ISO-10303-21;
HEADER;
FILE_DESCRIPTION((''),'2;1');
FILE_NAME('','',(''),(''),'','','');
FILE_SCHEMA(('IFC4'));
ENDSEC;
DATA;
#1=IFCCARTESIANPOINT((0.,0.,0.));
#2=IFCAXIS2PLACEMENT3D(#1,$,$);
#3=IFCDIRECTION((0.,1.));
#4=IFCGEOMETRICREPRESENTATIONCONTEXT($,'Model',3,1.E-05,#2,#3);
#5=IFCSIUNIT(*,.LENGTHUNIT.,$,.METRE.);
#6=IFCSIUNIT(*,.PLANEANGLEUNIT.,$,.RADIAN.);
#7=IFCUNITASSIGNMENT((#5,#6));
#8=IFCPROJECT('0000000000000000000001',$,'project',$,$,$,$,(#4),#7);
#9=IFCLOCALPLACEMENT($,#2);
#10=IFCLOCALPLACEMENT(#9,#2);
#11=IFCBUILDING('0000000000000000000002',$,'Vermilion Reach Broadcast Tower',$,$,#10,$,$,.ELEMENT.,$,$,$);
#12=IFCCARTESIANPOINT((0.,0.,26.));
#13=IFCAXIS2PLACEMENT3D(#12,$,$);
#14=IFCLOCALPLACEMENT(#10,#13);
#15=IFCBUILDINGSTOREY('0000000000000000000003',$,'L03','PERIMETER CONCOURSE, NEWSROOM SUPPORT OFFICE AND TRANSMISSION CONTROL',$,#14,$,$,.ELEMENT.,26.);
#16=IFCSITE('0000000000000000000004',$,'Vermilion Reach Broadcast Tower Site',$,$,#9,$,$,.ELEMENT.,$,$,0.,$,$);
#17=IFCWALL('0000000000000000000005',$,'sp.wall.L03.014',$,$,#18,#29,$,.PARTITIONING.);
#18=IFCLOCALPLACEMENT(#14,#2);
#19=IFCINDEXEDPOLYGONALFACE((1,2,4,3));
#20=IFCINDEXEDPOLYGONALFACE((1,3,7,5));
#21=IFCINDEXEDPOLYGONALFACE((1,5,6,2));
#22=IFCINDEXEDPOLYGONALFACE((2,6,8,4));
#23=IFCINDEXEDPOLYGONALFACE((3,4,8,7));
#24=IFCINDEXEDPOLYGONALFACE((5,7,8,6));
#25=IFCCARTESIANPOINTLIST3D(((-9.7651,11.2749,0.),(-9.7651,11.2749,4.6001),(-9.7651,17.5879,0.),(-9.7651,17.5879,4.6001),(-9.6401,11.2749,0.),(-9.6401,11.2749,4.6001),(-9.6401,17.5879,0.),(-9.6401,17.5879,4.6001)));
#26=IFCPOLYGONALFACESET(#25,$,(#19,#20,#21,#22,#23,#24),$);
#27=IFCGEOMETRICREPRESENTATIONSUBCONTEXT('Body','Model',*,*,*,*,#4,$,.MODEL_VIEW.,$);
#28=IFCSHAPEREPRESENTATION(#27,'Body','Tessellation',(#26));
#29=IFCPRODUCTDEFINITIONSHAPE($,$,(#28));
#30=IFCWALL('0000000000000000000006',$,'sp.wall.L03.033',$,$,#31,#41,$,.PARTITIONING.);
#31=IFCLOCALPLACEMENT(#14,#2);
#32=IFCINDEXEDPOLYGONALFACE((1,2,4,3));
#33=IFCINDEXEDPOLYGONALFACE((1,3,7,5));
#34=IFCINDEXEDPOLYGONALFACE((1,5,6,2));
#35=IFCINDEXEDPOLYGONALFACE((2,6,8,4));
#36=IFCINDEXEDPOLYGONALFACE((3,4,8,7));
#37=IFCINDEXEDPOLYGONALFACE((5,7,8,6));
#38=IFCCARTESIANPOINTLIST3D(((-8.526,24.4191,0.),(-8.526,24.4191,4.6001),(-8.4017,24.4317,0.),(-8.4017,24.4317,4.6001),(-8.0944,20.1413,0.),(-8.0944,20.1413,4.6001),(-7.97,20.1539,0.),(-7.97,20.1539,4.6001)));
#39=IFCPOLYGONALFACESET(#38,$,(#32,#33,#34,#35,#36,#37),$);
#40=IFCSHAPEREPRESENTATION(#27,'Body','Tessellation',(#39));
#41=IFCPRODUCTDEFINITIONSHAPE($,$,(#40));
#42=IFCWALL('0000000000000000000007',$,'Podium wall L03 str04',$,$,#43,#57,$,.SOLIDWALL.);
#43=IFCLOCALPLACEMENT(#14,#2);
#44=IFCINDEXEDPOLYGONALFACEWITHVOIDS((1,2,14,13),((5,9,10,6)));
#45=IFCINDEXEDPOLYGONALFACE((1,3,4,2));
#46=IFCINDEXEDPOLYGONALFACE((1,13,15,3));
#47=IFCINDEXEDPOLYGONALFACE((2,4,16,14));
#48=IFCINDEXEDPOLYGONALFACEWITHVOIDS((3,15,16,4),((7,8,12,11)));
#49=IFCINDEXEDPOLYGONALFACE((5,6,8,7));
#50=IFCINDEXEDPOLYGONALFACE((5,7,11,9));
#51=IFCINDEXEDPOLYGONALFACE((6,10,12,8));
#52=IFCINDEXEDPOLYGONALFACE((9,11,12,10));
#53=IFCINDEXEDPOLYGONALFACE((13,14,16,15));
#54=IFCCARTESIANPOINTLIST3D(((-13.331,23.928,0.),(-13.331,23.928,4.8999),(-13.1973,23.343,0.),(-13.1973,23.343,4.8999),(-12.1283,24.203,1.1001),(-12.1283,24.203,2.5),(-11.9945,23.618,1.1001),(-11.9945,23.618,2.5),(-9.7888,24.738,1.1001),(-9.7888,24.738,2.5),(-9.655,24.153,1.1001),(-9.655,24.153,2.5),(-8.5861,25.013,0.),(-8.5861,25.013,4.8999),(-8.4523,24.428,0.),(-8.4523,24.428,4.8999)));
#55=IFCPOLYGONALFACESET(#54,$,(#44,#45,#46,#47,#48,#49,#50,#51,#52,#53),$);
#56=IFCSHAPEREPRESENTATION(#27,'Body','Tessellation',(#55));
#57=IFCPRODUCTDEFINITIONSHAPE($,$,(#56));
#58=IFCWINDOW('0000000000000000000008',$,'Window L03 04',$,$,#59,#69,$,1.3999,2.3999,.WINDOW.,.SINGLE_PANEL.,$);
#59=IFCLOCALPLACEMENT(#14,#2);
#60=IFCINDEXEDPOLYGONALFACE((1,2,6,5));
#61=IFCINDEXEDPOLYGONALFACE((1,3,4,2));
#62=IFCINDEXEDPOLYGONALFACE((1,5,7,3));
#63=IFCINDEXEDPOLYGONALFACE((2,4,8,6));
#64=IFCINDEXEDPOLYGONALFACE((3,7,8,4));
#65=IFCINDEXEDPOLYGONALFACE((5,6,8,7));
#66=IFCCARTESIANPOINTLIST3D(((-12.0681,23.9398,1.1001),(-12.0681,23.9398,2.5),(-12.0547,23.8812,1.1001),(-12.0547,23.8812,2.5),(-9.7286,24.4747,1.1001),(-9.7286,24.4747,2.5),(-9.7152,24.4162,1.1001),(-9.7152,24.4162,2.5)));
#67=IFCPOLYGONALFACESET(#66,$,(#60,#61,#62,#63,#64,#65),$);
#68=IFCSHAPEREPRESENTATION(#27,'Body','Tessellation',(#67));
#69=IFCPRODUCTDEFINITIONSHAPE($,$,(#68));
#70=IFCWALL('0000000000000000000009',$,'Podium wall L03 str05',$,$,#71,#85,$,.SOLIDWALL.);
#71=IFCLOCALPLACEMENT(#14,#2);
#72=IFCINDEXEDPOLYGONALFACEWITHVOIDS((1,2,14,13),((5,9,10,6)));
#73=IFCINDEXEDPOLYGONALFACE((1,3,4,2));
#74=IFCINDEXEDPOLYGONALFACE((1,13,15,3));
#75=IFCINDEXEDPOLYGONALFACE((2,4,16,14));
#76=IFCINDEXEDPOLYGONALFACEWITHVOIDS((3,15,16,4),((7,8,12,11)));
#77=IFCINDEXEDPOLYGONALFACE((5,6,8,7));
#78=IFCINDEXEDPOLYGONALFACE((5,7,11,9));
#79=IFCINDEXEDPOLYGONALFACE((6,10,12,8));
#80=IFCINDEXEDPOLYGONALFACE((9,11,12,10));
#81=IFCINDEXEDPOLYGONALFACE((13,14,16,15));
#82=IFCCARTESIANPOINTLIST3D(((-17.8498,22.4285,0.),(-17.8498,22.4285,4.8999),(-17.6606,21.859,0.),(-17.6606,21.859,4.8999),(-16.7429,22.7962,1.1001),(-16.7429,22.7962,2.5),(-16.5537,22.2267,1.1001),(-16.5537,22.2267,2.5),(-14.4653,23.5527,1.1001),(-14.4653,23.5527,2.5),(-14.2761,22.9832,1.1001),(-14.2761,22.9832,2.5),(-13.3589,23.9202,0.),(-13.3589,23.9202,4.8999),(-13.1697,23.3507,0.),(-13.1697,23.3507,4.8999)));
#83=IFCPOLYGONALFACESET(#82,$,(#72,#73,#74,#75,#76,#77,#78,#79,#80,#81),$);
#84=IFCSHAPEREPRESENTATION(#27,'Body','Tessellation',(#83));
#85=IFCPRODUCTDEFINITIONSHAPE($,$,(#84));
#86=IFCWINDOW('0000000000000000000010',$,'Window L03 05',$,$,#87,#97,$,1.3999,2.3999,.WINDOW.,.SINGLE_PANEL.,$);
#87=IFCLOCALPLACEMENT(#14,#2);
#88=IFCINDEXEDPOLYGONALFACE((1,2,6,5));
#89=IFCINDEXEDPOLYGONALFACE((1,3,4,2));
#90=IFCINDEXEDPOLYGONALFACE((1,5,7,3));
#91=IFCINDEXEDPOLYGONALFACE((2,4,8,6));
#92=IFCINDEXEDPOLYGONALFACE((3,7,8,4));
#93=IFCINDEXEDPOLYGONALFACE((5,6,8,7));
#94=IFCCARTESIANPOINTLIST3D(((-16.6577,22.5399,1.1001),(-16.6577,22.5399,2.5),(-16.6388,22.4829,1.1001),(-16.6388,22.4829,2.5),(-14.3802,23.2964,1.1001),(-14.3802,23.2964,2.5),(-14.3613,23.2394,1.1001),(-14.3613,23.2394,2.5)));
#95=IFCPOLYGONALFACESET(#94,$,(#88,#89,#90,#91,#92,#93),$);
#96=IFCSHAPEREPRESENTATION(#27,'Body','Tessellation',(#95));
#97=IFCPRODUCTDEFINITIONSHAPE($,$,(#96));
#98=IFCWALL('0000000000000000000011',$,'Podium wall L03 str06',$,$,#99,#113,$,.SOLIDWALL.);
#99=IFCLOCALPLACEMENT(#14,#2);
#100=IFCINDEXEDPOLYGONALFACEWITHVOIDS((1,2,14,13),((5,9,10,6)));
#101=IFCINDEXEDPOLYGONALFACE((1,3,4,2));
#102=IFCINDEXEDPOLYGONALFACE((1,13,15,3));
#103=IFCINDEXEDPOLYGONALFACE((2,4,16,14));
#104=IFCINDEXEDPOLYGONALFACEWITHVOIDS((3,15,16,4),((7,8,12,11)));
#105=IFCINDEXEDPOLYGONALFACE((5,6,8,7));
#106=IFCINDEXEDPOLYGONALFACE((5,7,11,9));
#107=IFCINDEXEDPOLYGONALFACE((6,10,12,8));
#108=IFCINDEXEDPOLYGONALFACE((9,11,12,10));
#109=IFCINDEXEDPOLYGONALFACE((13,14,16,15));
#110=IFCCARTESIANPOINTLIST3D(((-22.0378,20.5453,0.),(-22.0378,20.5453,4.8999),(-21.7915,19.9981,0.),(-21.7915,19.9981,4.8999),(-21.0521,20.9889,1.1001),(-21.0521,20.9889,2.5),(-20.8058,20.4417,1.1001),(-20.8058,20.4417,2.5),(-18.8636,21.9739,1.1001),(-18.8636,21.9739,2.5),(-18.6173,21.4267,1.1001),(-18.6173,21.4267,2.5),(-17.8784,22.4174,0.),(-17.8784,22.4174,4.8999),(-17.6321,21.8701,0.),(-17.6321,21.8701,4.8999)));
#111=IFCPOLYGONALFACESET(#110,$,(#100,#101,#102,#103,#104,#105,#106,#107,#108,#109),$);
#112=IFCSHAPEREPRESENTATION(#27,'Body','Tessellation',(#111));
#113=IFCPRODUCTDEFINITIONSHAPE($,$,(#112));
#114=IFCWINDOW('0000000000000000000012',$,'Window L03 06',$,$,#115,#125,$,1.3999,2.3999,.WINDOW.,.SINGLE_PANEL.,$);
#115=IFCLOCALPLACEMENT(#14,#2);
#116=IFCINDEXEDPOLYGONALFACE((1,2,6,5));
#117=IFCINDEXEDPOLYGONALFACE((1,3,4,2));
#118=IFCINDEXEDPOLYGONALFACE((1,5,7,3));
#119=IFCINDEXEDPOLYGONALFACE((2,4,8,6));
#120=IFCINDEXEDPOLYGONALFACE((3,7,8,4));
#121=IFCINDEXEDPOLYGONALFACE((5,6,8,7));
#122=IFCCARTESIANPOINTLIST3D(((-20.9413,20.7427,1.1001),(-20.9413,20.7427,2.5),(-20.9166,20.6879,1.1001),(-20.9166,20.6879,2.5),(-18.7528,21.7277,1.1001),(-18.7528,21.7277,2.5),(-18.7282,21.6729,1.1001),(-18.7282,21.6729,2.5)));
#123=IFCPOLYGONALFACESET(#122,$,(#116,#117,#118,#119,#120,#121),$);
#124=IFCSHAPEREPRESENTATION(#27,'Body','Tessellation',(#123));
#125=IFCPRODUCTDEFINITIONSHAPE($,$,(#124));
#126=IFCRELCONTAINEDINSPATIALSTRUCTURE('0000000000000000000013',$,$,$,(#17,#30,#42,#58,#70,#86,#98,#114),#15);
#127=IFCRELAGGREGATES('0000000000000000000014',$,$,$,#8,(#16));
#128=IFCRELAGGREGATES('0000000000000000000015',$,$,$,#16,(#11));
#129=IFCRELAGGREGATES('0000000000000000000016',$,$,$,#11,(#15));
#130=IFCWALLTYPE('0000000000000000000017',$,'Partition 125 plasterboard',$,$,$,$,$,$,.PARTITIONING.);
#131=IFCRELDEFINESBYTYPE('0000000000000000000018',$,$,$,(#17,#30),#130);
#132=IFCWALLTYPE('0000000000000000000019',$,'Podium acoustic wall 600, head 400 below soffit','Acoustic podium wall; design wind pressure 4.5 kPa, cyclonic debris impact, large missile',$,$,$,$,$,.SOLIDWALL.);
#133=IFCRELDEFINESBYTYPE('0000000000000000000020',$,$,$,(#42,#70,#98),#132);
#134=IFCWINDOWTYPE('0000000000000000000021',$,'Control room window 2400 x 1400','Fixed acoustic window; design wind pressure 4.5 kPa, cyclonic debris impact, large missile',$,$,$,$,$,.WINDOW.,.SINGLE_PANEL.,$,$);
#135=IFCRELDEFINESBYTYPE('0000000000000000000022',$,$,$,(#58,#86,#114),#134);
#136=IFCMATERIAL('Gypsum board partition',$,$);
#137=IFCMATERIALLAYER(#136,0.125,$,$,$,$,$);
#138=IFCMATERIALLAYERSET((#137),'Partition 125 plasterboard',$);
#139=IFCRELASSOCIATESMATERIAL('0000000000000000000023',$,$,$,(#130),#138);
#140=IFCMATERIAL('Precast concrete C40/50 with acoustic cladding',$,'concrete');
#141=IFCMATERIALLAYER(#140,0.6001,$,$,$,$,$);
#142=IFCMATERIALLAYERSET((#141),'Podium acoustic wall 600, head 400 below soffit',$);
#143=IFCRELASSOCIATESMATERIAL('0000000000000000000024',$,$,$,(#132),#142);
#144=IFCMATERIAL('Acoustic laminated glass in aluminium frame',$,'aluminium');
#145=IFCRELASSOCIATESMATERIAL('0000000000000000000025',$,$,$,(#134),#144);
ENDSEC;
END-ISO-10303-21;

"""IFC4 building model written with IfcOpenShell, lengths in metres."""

from ifc_helpers import new_model, si_unit, direction, frame, frame_2d, origin, place, context, subcontext, project, spatial, rectangle, extrude, material, layer, layer_set, type_object, element, fill, save


model = new_model("IFC4")

# Units and contexts
model_context = context("Model", 3, precision=1e-05, world=origin(), true_north=direction((0.0, 1.0)))
body_context = subcontext(model_context, "Body", "Model", "MODEL_VIEW")
ifc_project = project(units=[si_unit("LENGTHUNIT", "METRE"), si_unit("PLANEANGLEUNIT", "RADIAN")], contexts=[model_context])

# Site, building, storey
site_placement = place(None, origin())
site = spatial("IfcSite", under=ifc_project, at=site_placement, Name="Vermilion Reach Broadcast Tower Site", CompositionType="ELEMENT", RefElevation=0.0)
building_placement = place(site_placement, origin())
building = spatial("IfcBuilding", under=site, at=building_placement, Name="Vermilion Reach Broadcast Tower", CompositionType="ELEMENT")
storey_placement = place(building_placement, frame((0.0, 0.0, 26.0)))
storey = spatial("IfcBuildingStorey", under=building, at=storey_placement, Name="L03", Description="PERIMETER CONCOURSE, NEWSROOM SUPPORT OFFICE AND TRANSMISSION CONTROL", CompositionType="ELEMENT", Elevation=26.0)

# Walls
ifc_material_1 = material(Name="Gypsum board partition")
ifc_layer_1 = layer(ifc_material_1, 0.125)
ifc_layer_set_1 = layer_set([ifc_layer_1], Name="Partition 125 plasterboard")
wall_type_1 = type_object("IfcWallType", Name="Partition 125 plasterboard", PredefinedType="PARTITIONING", material=ifc_layer_set_1)
wall_1_placement = place(storey_placement, frame((-9.7026, 11.2749, 0.0), z_axis=(0.0, 0.0, 1.0), x_axis=(0.0, 1.0, 0.0)))
element("IfcWall", 1, at=wall_1_placement, inside=storey, type_object=wall_type_1, Name="sp.wall.L03.014", PredefinedType="PARTITIONING", context=body_context, shape_type="SweptSolid", body=[
    extrude(rectangle(XDim=6.313, YDim=0.125, at=frame_2d((3.1565, 0.0))), origin(), (0.0, 0.0, 1.0), 4.6001),
])
wall_2_placement = place(storey_placement, frame((-8.4639, 24.4255, 0.0), z_axis=(0.0, 0.0, 1.0), x_axis=(0.100392, -0.994948, 0.0)))
element("IfcWall", 2, at=wall_2_placement, inside=storey, type_object=wall_type_1, Name="sp.wall.L03.033", PredefinedType="PARTITIONING", context=body_context, shape_type="SweptSolid", body=[
    extrude(rectangle(XDim=4.2996, YDim=0.125, at=frame_2d((2.1499, 0.0))), origin(), (0.0, 0.0, 1.0), 4.6001),
])

# Walls, openings, windows
ifc_material_2 = material(Name="Precast concrete C40/50 with acoustic cladding", Category="concrete")
ifc_layer_2 = layer(ifc_material_2, 0.6001)
ifc_layer_set_2 = layer_set([ifc_layer_2], Name="Podium acoustic wall 600, head 400 below soffit")
wall_type_2 = type_object("IfcWallType", Name="Podium acoustic wall 600, head 400 below soffit", Description="Acoustic podium wall; design wind pressure 4.5 kPa, cyclonic debris impact, large missile", PredefinedType="SOLIDWALL", material=ifc_layer_set_2)
wall_3_placement = place(storey_placement, frame((-8.5193, 24.7205, 0.0), z_axis=(0.0, 0.0, 1.0), x_axis=(-0.97484, -0.222907, 0.0)))
wall_3 = element("IfcWall", 3, at=wall_3_placement, inside=storey, type_object=wall_type_2, Name="Podium wall L03 str04", PredefinedType="SOLIDWALL", context=body_context, shape_type="SweptSolid", body=[
    extrude(rectangle(XDim=4.8674, YDim=0.6001, at=frame_2d((2.4336, 0.0))), origin(), (0.0, 0.0, 1.0), 4.8999),
])
opening_1_placement = place(wall_3_placement, frame((1.2336, 0.0, 1.1001)))
opening_1 = element("IfcOpeningElement", 4, at=opening_1_placement, cuts=wall_3, PredefinedType="OPENING", context=body_context, shape_type="SweptSolid", body=[
    extrude(rectangle(XDim=2.3999, YDim=1.3999, at=frame_2d((1.2, 0.7))), frame((0.0, 0.3101, 0.0), z_axis=(0.0, -1.0, 0.0), x_axis=(1.0, 0.0, 0.0)), (0.0, 0.0, 1.0), 0.6201),
])
ifc_material_3 = material(Name="Acoustic laminated glass in aluminium frame", Category="aluminium")
window_type = type_object("IfcWindowType", Name="Control room window 2400 x 1400", Description="Fixed acoustic window; design wind pressure 4.5 kPa, cyclonic debris impact, large missile", PartitioningType="SINGLE_PANEL", PredefinedType="WINDOW", material=ifc_material_3)
window_1_placement = place(opening_1_placement, origin())
window_1 = element("IfcWindow", 5, at=window_1_placement, inside=storey, type_object=window_type, Name="Window L03 04", OverallHeight=1.3999, OverallWidth=2.3999, PartitioningType="SINGLE_PANEL", PredefinedType="WINDOW", context=body_context, shape_type="SweptSolid", body=[
    extrude(rectangle(XDim=2.3999, YDim=1.3999, at=frame_2d((1.2, 0.7))), frame((0.0, 0.03, 0.0), z_axis=(0.0, -1.0, 0.0), x_axis=(1.0, 0.0, 0.0)), (0.0, 0.0, 1.0), 0.0601),
])
fill(opening_1, window_1)
wall_4_placement = place(storey_placement, frame((-13.2642, 23.6355, 0.0), z_axis=(0.0, 0.0, 1.0), x_axis=(-0.949018, -0.315222, 0.0)))
wall_4 = element("IfcWall", 6, at=wall_4_placement, inside=storey, type_object=wall_type_2, Name="Podium wall L03 str05", PredefinedType="SOLIDWALL", context=body_context, shape_type="SweptSolid", body=[
    extrude(rectangle(XDim=4.7322, YDim=0.6001, at=frame_2d((2.3662, 0.0))), origin(), (0.0, 0.0, 1.0), 4.8999),
])
opening_2_placement = place(wall_4_placement, frame((1.166, 0.0, 1.1001)))
opening_2 = element("IfcOpeningElement", 7, at=opening_2_placement, cuts=wall_4, PredefinedType="OPENING", context=body_context, shape_type="SweptSolid", body=[
    extrude(rectangle(XDim=2.3999, YDim=1.3999, at=frame_2d((1.2, 0.7))), frame((0.0, 0.3101, 0.0), z_axis=(0.0, -1.0, 0.0), x_axis=(1.0, 0.0, 0.0)), (0.0, 0.0, 1.0), 0.6201),
])
window_2_placement = place(opening_2_placement, origin())
window_2 = element("IfcWindow", 8, at=window_2_placement, inside=storey, type_object=window_type, Name="Window L03 05", OverallHeight=1.3999, OverallWidth=2.3999, PartitioningType="SINGLE_PANEL", PredefinedType="WINDOW", context=body_context, shape_type="SweptSolid", body=[
    extrude(rectangle(XDim=2.3999, YDim=1.3999, at=frame_2d((1.2, 0.7))), frame((0.0, 0.03, 0.0), z_axis=(0.0, -1.0, 0.0), x_axis=(1.0, 0.0, 0.0)), (0.0, 0.0, 1.0), 0.0601),
])
fill(opening_2, window_2)
wall_5_placement = place(storey_placement, frame((-17.7551, 22.1438, 0.0), z_axis=(0.0, 0.0, 1.0), x_axis=(-0.911894, -0.410425, 0.0)))
wall_5 = element("IfcWall", 9, at=wall_5_placement, inside=storey, type_object=wall_type_2, Name="Podium wall L03 str06", PredefinedType="SOLIDWALL", context=body_context, shape_type="SweptSolid", body=[
    extrude(rectangle(XDim=4.5613, YDim=0.6001, at=frame_2d((2.2808, 0.0))), origin(), (0.0, 0.0, 1.0), 4.8999),
])
opening_3_placement = place(wall_5_placement, frame((1.0806, 0.0, 1.1001)))
opening_3 = element("IfcOpeningElement", 10, at=opening_3_placement, cuts=wall_5, PredefinedType="OPENING", context=body_context, shape_type="SweptSolid", body=[
    extrude(rectangle(XDim=2.3999, YDim=1.3999, at=frame_2d((1.2, 0.7))), frame((0.0, 0.3101, 0.0), z_axis=(0.0, -1.0, 0.0), x_axis=(1.0, 0.0, 0.0)), (0.0, 0.0, 1.0), 0.6201),
])
window_3_placement = place(opening_3_placement, origin())
window_3 = element("IfcWindow", 11, at=window_3_placement, inside=storey, type_object=window_type, Name="Window L03 06", OverallHeight=1.3999, OverallWidth=2.3999, PartitioningType="SINGLE_PANEL", PredefinedType="WINDOW", context=body_context, shape_type="SweptSolid", body=[
    extrude(rectangle(XDim=2.3999, YDim=1.3999, at=frame_2d((1.2, 0.7))), frame((0.0, 0.03, 0.0), z_axis=(0.0, -1.0, 0.0), x_axis=(1.0, 0.0, 0.0)), (0.0, 0.0, 1.0), 0.0601),
])
fill(opening_3, window_3)

save(model, "model.ifc")
